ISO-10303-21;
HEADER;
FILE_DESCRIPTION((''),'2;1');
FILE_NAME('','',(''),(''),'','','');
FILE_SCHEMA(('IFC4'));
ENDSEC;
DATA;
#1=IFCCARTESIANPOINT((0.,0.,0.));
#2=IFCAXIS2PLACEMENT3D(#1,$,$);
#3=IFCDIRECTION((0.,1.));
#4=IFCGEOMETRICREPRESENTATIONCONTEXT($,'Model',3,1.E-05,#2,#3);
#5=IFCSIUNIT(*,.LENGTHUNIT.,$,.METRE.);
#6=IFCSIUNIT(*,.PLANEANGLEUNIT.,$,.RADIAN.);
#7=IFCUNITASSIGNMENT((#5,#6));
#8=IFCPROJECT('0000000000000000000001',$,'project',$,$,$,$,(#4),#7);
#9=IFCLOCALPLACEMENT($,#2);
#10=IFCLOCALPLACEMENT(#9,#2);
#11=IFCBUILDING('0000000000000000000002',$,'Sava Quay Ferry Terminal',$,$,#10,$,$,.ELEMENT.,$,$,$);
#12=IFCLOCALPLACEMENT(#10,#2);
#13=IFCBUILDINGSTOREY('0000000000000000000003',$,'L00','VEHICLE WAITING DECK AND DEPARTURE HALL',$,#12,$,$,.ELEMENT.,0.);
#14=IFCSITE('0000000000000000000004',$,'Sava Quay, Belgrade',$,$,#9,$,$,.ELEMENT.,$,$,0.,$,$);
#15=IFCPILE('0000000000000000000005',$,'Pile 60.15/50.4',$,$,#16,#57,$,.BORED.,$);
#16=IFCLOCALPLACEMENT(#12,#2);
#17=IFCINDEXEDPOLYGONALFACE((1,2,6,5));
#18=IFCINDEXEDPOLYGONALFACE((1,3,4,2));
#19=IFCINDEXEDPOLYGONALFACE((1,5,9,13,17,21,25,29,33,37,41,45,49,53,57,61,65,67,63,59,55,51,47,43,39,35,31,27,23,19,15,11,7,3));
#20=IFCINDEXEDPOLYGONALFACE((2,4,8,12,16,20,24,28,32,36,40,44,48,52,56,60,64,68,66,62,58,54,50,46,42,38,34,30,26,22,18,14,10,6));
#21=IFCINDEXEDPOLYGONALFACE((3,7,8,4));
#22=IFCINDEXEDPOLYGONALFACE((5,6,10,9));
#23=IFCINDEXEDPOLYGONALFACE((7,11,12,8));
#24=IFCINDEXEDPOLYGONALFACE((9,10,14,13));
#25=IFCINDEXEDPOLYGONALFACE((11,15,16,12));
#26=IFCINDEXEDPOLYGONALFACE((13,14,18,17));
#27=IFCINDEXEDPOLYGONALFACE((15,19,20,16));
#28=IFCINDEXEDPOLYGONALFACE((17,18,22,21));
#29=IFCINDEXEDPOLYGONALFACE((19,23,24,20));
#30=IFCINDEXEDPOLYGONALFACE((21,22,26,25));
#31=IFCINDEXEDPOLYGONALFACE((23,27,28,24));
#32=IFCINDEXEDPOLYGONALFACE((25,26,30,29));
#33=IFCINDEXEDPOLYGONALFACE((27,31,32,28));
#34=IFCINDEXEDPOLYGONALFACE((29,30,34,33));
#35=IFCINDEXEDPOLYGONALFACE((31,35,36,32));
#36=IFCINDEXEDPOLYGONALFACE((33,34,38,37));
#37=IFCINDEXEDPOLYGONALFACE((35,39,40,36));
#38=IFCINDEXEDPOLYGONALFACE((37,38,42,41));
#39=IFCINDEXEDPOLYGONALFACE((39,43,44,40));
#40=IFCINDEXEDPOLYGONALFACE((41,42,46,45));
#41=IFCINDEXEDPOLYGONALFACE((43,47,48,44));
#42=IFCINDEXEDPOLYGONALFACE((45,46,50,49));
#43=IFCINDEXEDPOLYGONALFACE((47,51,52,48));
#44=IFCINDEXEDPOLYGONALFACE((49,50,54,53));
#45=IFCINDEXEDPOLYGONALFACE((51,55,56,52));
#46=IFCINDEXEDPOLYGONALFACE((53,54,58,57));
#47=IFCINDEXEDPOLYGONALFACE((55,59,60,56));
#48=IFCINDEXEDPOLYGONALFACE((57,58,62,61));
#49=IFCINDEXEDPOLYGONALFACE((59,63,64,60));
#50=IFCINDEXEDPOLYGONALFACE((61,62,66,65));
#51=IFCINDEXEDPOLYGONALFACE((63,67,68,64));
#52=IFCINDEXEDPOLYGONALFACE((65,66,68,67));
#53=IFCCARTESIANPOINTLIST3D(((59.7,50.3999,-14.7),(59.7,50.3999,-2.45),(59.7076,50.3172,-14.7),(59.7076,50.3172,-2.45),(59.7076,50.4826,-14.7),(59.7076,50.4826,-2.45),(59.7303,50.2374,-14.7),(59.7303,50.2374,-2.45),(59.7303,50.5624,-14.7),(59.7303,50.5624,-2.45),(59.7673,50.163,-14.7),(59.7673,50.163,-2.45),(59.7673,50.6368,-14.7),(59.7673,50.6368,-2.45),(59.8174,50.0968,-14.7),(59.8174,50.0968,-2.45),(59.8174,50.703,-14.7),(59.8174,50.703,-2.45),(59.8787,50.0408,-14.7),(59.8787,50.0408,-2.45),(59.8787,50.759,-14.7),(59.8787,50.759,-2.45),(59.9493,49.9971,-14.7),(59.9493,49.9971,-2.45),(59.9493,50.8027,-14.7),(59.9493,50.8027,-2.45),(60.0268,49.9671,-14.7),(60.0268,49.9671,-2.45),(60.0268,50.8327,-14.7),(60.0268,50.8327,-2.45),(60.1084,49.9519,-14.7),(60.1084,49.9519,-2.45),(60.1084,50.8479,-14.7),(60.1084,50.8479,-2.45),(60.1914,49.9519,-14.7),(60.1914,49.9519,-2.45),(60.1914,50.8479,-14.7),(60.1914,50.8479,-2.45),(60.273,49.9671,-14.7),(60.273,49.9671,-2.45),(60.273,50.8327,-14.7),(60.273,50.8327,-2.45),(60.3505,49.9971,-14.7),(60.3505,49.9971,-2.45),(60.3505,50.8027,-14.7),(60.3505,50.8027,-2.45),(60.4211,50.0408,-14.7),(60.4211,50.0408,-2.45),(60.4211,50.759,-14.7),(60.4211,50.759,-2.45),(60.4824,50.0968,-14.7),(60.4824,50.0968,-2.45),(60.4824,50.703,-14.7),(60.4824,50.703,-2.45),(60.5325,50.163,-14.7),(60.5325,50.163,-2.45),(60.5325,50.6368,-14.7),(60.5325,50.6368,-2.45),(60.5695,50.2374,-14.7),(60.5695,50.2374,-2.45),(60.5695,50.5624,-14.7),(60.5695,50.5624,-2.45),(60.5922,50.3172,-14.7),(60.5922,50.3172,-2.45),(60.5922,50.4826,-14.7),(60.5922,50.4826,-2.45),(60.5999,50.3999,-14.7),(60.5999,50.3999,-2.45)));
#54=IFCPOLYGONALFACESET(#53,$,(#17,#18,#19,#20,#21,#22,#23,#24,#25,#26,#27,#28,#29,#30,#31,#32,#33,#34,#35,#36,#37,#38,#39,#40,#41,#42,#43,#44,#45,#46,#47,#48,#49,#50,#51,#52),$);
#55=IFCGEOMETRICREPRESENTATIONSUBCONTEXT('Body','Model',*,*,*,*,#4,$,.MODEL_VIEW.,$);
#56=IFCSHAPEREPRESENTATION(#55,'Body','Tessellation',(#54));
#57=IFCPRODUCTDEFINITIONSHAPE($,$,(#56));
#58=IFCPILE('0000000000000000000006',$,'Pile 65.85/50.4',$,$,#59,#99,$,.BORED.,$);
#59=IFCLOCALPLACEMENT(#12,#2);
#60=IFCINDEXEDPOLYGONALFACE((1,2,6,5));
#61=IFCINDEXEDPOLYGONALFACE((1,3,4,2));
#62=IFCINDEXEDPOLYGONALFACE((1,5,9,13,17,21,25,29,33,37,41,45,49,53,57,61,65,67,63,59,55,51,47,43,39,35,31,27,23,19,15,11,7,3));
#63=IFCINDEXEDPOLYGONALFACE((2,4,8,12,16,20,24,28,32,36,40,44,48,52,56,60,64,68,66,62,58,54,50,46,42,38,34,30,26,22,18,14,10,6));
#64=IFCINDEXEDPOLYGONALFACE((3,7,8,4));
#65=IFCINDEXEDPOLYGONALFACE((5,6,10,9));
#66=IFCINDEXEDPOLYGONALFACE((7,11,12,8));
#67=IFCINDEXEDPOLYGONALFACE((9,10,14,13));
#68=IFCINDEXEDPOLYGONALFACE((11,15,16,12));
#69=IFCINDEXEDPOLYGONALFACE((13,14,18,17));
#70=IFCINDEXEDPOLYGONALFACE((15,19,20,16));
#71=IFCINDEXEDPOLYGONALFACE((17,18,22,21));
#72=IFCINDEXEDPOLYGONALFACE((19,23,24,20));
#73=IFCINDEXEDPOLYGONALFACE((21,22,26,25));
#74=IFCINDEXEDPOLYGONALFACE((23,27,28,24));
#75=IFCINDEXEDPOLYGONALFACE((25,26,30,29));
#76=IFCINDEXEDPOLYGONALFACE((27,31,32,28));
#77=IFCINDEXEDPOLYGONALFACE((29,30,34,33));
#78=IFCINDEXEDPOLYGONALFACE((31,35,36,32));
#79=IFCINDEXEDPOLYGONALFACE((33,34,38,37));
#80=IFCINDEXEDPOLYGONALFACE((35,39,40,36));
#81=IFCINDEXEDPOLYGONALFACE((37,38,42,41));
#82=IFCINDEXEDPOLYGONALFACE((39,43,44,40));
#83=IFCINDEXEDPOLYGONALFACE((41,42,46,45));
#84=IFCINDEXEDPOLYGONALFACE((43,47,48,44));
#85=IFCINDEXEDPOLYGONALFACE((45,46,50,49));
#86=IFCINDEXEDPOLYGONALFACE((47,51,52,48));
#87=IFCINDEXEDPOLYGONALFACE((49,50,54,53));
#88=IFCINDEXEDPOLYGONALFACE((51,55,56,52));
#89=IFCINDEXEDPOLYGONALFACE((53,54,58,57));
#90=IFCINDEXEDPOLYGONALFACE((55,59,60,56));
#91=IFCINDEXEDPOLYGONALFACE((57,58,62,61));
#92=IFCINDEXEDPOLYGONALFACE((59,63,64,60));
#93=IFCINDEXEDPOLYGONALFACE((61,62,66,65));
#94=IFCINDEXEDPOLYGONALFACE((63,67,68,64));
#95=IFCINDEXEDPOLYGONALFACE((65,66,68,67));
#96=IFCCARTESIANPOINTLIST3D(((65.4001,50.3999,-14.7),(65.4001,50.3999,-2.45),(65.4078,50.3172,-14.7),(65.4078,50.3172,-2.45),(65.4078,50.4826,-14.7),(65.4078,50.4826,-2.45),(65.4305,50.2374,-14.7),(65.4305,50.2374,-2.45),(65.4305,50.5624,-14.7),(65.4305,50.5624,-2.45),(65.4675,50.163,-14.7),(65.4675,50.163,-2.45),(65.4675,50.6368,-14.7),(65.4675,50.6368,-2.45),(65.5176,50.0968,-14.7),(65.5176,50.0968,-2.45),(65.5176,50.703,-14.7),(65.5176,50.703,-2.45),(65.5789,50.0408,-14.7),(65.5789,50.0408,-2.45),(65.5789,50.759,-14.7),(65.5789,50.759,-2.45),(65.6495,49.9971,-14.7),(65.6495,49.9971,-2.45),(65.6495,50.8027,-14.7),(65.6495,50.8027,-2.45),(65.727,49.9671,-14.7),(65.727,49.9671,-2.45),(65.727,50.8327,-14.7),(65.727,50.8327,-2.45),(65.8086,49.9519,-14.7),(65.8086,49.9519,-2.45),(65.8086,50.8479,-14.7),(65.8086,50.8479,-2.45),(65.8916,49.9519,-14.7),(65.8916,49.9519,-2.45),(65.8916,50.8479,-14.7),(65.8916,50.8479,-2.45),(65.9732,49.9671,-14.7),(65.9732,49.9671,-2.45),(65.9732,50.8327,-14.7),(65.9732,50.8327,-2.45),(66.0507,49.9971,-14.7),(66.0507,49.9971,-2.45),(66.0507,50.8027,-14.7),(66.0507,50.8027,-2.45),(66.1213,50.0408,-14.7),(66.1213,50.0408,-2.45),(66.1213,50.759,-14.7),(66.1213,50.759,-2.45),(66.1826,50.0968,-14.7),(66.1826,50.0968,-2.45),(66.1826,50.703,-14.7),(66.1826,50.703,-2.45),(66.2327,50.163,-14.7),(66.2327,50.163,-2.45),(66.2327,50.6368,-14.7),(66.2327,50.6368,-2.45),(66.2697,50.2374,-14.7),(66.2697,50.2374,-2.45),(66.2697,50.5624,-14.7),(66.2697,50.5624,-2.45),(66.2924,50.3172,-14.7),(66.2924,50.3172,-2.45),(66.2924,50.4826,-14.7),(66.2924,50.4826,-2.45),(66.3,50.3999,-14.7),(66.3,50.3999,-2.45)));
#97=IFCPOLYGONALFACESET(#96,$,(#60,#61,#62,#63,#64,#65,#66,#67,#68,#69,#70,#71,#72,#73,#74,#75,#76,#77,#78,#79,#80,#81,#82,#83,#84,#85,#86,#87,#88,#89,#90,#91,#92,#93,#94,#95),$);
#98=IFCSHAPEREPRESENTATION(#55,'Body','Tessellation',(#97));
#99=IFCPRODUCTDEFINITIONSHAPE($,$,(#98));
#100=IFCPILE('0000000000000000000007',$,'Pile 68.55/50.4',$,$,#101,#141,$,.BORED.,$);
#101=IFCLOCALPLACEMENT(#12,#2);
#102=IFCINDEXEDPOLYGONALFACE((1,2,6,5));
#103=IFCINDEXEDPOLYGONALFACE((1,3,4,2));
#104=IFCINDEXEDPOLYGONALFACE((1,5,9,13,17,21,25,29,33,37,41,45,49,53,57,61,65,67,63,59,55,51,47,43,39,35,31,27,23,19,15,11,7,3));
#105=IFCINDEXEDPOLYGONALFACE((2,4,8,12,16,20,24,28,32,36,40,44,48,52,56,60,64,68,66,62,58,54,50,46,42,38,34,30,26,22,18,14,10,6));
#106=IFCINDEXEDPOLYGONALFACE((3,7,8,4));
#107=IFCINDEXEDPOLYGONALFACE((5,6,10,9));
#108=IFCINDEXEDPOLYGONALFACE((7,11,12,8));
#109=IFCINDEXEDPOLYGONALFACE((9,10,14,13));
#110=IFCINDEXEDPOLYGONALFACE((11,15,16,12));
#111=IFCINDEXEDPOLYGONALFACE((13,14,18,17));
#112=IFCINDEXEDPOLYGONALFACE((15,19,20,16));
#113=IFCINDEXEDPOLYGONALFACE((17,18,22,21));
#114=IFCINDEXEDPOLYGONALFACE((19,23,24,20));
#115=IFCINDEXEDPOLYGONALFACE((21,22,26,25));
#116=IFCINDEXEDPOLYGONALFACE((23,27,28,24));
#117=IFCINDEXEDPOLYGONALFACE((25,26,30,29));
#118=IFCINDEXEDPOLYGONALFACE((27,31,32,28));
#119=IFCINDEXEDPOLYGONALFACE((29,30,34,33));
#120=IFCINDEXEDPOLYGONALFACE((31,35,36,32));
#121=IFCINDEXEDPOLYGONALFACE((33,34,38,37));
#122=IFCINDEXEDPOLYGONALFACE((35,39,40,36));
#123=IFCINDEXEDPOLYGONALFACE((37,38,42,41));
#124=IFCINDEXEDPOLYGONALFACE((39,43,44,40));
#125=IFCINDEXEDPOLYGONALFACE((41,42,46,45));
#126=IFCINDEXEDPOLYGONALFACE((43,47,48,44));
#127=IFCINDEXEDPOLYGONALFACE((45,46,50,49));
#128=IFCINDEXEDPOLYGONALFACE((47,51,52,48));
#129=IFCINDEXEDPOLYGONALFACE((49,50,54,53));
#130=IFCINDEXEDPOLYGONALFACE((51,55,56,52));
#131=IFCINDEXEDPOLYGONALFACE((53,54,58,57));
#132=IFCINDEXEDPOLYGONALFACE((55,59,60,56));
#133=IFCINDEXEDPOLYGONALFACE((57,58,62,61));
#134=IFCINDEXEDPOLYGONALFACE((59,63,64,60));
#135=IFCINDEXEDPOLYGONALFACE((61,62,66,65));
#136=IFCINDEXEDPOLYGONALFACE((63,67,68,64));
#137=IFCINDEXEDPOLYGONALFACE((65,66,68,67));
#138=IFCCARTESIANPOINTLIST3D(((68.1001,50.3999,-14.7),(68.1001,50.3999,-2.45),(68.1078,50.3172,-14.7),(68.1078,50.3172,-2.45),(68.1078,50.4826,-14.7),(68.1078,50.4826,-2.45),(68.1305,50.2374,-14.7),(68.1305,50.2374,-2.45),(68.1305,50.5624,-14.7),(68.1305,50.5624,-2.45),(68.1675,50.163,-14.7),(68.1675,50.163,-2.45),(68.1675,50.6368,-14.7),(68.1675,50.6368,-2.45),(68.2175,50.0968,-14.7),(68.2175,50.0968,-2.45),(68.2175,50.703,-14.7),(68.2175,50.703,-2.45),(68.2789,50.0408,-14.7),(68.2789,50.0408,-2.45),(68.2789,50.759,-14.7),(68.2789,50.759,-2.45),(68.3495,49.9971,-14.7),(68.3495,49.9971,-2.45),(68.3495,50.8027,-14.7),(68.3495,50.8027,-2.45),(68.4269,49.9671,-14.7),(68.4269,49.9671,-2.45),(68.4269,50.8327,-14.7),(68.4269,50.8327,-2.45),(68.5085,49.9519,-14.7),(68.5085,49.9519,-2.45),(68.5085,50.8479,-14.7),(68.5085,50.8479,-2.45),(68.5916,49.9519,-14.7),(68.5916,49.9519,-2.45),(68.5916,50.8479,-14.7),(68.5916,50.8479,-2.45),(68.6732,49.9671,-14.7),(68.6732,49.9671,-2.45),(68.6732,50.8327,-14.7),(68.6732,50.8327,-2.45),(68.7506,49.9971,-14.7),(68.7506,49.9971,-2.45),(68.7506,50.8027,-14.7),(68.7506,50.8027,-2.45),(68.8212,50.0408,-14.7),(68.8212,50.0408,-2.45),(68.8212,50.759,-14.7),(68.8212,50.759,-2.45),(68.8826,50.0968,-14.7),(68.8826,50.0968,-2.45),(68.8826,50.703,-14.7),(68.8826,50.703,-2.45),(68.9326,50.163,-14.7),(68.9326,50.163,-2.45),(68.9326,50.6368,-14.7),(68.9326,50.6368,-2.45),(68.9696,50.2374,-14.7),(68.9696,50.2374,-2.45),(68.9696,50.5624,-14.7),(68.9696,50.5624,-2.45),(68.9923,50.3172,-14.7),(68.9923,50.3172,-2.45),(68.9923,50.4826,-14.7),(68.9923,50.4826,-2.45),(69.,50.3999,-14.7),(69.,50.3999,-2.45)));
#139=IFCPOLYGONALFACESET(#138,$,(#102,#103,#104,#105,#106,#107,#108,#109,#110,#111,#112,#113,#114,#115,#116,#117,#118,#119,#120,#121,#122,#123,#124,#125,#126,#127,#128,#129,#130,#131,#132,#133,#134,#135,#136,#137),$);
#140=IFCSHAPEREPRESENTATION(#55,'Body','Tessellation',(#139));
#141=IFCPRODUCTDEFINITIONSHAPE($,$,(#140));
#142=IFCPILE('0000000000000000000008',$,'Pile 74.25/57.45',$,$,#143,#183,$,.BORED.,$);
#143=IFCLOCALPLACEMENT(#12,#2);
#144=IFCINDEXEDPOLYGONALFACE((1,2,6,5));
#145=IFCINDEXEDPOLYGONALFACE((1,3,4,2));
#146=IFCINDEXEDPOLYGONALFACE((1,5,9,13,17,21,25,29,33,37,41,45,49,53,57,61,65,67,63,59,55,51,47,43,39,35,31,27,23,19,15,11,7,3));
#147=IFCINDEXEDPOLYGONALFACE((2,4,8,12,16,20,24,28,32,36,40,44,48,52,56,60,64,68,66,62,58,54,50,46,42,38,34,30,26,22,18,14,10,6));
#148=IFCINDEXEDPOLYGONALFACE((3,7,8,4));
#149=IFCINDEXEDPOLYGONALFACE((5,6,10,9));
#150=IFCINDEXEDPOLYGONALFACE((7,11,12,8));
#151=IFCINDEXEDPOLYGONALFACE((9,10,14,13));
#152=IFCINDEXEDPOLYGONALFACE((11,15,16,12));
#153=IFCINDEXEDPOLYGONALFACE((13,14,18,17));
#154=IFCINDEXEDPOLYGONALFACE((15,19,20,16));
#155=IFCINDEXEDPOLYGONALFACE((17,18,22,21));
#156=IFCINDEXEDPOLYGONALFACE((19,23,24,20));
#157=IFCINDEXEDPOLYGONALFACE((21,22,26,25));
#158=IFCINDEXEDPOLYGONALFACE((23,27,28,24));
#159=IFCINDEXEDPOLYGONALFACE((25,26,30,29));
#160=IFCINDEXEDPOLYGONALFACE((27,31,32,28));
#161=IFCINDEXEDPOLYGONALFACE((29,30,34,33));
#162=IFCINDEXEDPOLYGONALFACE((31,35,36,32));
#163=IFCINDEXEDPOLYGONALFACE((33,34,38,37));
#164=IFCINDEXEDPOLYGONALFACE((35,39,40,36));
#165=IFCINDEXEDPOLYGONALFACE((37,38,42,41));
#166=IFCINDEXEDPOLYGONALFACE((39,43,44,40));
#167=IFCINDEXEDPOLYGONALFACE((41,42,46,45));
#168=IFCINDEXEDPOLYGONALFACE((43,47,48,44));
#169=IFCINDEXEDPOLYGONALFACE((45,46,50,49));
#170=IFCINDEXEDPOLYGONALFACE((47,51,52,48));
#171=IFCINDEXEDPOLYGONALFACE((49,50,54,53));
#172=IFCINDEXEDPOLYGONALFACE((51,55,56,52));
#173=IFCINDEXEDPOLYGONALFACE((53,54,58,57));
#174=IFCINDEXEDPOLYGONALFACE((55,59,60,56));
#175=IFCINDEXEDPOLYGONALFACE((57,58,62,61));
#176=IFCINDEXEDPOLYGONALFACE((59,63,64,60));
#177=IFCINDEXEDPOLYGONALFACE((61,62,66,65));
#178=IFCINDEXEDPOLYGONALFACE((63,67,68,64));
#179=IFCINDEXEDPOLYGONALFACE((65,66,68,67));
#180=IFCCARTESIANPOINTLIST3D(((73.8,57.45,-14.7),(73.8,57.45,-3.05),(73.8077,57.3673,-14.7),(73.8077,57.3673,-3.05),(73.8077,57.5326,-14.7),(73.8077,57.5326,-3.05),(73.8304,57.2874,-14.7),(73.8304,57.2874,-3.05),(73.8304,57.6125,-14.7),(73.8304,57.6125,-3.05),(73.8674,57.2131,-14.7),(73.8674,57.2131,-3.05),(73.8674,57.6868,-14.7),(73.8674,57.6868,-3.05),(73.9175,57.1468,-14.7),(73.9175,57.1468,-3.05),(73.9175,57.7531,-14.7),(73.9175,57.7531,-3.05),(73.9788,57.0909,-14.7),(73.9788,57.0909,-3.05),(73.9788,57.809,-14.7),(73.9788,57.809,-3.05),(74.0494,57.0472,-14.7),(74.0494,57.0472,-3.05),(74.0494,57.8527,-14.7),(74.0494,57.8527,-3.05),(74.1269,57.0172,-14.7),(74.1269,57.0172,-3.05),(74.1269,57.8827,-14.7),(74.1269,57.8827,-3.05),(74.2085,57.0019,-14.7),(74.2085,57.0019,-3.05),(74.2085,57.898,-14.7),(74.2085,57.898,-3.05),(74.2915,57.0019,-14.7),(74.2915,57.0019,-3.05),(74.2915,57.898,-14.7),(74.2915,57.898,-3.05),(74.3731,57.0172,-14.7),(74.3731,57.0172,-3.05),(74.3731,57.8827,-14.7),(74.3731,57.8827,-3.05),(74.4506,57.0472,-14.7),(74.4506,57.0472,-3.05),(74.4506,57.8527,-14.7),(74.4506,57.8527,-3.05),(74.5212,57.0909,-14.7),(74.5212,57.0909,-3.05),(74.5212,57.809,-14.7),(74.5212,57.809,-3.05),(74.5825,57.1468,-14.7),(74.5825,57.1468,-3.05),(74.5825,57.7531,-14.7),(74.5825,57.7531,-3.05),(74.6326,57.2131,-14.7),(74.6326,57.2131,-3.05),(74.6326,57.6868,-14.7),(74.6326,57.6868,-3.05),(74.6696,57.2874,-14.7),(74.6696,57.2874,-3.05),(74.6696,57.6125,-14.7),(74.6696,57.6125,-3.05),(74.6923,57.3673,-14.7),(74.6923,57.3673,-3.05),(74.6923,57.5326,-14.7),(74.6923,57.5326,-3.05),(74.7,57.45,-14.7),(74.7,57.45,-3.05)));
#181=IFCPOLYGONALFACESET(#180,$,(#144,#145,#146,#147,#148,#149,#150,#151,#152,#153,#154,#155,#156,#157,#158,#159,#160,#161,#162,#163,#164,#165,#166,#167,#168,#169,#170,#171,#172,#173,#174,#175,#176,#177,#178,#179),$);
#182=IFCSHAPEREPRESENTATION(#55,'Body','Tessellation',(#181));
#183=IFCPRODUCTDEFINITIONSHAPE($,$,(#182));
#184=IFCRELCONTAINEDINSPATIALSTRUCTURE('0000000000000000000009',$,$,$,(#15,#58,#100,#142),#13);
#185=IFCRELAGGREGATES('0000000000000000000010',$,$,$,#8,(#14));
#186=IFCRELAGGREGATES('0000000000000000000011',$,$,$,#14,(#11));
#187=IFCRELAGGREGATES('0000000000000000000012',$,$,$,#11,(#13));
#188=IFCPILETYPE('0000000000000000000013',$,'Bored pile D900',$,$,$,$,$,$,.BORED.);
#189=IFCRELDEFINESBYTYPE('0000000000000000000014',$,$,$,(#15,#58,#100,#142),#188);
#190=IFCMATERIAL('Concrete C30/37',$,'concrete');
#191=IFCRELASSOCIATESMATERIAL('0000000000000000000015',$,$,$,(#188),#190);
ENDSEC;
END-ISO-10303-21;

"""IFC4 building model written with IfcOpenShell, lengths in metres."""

from ifc_helpers import new_model, si_unit, direction, frame, origin, origin_2d, place, context, subcontext, project, spatial, circle, extrude, material, material_profile, profile_set, type_object, element, save


model = new_model("IFC4")

# Units and contexts
model_context = context("Model", 3, precision=1e-05, world=origin(), true_north=direction((0.0, 1.0)))
body_context = subcontext(model_context, "Body", "Model", "MODEL_VIEW")
ifc_project = project(units=[si_unit("LENGTHUNIT", "METRE"), si_unit("PLANEANGLEUNIT", "RADIAN")], contexts=[model_context])

# Site, building, storey
site_placement = place(None, origin())
site = spatial("IfcSite", under=ifc_project, at=site_placement, Name="Sava Quay, Belgrade", CompositionType="ELEMENT", RefElevation=0.0)
building_placement = place(site_placement, origin())
building = spatial("IfcBuilding", under=site, at=building_placement, Name="Sava Quay Ferry Terminal", CompositionType="ELEMENT")
storey_placement = place(building_placement, origin())
storey = spatial("IfcBuildingStorey", under=building, at=storey_placement, Name="L00", Description="VEHICLE WAITING DECK AND DEPARTURE HALL", CompositionType="ELEMENT", Elevation=0.0)

# Piles
ifc_material_1 = material(Name="Concrete C30/37", Category="concrete")
ifc_material_profile_1 = material_profile(ifc_material_1, circle(Radius=0.45, at=origin_2d()), Name="Bored pile D900")
ifc_profile_set_1 = profile_set([ifc_material_profile_1], Name="Concrete C30/37")
pile_type = type_object("IfcPileType", Name="Bored pile D900", PredefinedType="BORED", material=ifc_profile_set_1)
for number, where, z_axis, x_axis, name in (
    (1, (60.1499, 50.3999, -2.45), (0.0, 0.0, -1.0), (1.0, 0.0, 0.0), "Pile 60.15/50.4"),
    (2, (65.8501, 50.3999, -2.45), (0.0, 0.0, -1.0), (1.0, 0.0, 0.0), "Pile 65.85/50.4"),
    (3, (68.55, 50.3999, -2.45), (0.0, 0.0, -1.0), (1.0, 0.0, 0.0), "Pile 68.55/50.4"),
):
    element("IfcPile", number, at=place(storey_placement, frame(where, z_axis=z_axis, x_axis=x_axis)), inside=storey, type_object=pile_type, Name=name, PredefinedType="BORED", context=body_context, shape_type="SweptSolid", body=[
        extrude(circle(Radius=0.45, at=origin_2d()), origin(), (0.0, 0.0, 1.0), 12.25),
    ])
pile_placement = place(storey_placement, frame((74.25, 57.45, -3.05), z_axis=(0.0, 0.0, -1.0), x_axis=(1.0, 0.0, 0.0)))
element("IfcPile", 4, at=pile_placement, inside=storey, type_object=pile_type, Name="Pile 74.25/57.45", PredefinedType="BORED", context=body_context, shape_type="SweptSolid", body=[
    extrude(circle(Radius=0.45, at=origin_2d()), origin(), (0.0, 0.0, 1.0), 11.6499),
])

save(model, "model.ifc")
